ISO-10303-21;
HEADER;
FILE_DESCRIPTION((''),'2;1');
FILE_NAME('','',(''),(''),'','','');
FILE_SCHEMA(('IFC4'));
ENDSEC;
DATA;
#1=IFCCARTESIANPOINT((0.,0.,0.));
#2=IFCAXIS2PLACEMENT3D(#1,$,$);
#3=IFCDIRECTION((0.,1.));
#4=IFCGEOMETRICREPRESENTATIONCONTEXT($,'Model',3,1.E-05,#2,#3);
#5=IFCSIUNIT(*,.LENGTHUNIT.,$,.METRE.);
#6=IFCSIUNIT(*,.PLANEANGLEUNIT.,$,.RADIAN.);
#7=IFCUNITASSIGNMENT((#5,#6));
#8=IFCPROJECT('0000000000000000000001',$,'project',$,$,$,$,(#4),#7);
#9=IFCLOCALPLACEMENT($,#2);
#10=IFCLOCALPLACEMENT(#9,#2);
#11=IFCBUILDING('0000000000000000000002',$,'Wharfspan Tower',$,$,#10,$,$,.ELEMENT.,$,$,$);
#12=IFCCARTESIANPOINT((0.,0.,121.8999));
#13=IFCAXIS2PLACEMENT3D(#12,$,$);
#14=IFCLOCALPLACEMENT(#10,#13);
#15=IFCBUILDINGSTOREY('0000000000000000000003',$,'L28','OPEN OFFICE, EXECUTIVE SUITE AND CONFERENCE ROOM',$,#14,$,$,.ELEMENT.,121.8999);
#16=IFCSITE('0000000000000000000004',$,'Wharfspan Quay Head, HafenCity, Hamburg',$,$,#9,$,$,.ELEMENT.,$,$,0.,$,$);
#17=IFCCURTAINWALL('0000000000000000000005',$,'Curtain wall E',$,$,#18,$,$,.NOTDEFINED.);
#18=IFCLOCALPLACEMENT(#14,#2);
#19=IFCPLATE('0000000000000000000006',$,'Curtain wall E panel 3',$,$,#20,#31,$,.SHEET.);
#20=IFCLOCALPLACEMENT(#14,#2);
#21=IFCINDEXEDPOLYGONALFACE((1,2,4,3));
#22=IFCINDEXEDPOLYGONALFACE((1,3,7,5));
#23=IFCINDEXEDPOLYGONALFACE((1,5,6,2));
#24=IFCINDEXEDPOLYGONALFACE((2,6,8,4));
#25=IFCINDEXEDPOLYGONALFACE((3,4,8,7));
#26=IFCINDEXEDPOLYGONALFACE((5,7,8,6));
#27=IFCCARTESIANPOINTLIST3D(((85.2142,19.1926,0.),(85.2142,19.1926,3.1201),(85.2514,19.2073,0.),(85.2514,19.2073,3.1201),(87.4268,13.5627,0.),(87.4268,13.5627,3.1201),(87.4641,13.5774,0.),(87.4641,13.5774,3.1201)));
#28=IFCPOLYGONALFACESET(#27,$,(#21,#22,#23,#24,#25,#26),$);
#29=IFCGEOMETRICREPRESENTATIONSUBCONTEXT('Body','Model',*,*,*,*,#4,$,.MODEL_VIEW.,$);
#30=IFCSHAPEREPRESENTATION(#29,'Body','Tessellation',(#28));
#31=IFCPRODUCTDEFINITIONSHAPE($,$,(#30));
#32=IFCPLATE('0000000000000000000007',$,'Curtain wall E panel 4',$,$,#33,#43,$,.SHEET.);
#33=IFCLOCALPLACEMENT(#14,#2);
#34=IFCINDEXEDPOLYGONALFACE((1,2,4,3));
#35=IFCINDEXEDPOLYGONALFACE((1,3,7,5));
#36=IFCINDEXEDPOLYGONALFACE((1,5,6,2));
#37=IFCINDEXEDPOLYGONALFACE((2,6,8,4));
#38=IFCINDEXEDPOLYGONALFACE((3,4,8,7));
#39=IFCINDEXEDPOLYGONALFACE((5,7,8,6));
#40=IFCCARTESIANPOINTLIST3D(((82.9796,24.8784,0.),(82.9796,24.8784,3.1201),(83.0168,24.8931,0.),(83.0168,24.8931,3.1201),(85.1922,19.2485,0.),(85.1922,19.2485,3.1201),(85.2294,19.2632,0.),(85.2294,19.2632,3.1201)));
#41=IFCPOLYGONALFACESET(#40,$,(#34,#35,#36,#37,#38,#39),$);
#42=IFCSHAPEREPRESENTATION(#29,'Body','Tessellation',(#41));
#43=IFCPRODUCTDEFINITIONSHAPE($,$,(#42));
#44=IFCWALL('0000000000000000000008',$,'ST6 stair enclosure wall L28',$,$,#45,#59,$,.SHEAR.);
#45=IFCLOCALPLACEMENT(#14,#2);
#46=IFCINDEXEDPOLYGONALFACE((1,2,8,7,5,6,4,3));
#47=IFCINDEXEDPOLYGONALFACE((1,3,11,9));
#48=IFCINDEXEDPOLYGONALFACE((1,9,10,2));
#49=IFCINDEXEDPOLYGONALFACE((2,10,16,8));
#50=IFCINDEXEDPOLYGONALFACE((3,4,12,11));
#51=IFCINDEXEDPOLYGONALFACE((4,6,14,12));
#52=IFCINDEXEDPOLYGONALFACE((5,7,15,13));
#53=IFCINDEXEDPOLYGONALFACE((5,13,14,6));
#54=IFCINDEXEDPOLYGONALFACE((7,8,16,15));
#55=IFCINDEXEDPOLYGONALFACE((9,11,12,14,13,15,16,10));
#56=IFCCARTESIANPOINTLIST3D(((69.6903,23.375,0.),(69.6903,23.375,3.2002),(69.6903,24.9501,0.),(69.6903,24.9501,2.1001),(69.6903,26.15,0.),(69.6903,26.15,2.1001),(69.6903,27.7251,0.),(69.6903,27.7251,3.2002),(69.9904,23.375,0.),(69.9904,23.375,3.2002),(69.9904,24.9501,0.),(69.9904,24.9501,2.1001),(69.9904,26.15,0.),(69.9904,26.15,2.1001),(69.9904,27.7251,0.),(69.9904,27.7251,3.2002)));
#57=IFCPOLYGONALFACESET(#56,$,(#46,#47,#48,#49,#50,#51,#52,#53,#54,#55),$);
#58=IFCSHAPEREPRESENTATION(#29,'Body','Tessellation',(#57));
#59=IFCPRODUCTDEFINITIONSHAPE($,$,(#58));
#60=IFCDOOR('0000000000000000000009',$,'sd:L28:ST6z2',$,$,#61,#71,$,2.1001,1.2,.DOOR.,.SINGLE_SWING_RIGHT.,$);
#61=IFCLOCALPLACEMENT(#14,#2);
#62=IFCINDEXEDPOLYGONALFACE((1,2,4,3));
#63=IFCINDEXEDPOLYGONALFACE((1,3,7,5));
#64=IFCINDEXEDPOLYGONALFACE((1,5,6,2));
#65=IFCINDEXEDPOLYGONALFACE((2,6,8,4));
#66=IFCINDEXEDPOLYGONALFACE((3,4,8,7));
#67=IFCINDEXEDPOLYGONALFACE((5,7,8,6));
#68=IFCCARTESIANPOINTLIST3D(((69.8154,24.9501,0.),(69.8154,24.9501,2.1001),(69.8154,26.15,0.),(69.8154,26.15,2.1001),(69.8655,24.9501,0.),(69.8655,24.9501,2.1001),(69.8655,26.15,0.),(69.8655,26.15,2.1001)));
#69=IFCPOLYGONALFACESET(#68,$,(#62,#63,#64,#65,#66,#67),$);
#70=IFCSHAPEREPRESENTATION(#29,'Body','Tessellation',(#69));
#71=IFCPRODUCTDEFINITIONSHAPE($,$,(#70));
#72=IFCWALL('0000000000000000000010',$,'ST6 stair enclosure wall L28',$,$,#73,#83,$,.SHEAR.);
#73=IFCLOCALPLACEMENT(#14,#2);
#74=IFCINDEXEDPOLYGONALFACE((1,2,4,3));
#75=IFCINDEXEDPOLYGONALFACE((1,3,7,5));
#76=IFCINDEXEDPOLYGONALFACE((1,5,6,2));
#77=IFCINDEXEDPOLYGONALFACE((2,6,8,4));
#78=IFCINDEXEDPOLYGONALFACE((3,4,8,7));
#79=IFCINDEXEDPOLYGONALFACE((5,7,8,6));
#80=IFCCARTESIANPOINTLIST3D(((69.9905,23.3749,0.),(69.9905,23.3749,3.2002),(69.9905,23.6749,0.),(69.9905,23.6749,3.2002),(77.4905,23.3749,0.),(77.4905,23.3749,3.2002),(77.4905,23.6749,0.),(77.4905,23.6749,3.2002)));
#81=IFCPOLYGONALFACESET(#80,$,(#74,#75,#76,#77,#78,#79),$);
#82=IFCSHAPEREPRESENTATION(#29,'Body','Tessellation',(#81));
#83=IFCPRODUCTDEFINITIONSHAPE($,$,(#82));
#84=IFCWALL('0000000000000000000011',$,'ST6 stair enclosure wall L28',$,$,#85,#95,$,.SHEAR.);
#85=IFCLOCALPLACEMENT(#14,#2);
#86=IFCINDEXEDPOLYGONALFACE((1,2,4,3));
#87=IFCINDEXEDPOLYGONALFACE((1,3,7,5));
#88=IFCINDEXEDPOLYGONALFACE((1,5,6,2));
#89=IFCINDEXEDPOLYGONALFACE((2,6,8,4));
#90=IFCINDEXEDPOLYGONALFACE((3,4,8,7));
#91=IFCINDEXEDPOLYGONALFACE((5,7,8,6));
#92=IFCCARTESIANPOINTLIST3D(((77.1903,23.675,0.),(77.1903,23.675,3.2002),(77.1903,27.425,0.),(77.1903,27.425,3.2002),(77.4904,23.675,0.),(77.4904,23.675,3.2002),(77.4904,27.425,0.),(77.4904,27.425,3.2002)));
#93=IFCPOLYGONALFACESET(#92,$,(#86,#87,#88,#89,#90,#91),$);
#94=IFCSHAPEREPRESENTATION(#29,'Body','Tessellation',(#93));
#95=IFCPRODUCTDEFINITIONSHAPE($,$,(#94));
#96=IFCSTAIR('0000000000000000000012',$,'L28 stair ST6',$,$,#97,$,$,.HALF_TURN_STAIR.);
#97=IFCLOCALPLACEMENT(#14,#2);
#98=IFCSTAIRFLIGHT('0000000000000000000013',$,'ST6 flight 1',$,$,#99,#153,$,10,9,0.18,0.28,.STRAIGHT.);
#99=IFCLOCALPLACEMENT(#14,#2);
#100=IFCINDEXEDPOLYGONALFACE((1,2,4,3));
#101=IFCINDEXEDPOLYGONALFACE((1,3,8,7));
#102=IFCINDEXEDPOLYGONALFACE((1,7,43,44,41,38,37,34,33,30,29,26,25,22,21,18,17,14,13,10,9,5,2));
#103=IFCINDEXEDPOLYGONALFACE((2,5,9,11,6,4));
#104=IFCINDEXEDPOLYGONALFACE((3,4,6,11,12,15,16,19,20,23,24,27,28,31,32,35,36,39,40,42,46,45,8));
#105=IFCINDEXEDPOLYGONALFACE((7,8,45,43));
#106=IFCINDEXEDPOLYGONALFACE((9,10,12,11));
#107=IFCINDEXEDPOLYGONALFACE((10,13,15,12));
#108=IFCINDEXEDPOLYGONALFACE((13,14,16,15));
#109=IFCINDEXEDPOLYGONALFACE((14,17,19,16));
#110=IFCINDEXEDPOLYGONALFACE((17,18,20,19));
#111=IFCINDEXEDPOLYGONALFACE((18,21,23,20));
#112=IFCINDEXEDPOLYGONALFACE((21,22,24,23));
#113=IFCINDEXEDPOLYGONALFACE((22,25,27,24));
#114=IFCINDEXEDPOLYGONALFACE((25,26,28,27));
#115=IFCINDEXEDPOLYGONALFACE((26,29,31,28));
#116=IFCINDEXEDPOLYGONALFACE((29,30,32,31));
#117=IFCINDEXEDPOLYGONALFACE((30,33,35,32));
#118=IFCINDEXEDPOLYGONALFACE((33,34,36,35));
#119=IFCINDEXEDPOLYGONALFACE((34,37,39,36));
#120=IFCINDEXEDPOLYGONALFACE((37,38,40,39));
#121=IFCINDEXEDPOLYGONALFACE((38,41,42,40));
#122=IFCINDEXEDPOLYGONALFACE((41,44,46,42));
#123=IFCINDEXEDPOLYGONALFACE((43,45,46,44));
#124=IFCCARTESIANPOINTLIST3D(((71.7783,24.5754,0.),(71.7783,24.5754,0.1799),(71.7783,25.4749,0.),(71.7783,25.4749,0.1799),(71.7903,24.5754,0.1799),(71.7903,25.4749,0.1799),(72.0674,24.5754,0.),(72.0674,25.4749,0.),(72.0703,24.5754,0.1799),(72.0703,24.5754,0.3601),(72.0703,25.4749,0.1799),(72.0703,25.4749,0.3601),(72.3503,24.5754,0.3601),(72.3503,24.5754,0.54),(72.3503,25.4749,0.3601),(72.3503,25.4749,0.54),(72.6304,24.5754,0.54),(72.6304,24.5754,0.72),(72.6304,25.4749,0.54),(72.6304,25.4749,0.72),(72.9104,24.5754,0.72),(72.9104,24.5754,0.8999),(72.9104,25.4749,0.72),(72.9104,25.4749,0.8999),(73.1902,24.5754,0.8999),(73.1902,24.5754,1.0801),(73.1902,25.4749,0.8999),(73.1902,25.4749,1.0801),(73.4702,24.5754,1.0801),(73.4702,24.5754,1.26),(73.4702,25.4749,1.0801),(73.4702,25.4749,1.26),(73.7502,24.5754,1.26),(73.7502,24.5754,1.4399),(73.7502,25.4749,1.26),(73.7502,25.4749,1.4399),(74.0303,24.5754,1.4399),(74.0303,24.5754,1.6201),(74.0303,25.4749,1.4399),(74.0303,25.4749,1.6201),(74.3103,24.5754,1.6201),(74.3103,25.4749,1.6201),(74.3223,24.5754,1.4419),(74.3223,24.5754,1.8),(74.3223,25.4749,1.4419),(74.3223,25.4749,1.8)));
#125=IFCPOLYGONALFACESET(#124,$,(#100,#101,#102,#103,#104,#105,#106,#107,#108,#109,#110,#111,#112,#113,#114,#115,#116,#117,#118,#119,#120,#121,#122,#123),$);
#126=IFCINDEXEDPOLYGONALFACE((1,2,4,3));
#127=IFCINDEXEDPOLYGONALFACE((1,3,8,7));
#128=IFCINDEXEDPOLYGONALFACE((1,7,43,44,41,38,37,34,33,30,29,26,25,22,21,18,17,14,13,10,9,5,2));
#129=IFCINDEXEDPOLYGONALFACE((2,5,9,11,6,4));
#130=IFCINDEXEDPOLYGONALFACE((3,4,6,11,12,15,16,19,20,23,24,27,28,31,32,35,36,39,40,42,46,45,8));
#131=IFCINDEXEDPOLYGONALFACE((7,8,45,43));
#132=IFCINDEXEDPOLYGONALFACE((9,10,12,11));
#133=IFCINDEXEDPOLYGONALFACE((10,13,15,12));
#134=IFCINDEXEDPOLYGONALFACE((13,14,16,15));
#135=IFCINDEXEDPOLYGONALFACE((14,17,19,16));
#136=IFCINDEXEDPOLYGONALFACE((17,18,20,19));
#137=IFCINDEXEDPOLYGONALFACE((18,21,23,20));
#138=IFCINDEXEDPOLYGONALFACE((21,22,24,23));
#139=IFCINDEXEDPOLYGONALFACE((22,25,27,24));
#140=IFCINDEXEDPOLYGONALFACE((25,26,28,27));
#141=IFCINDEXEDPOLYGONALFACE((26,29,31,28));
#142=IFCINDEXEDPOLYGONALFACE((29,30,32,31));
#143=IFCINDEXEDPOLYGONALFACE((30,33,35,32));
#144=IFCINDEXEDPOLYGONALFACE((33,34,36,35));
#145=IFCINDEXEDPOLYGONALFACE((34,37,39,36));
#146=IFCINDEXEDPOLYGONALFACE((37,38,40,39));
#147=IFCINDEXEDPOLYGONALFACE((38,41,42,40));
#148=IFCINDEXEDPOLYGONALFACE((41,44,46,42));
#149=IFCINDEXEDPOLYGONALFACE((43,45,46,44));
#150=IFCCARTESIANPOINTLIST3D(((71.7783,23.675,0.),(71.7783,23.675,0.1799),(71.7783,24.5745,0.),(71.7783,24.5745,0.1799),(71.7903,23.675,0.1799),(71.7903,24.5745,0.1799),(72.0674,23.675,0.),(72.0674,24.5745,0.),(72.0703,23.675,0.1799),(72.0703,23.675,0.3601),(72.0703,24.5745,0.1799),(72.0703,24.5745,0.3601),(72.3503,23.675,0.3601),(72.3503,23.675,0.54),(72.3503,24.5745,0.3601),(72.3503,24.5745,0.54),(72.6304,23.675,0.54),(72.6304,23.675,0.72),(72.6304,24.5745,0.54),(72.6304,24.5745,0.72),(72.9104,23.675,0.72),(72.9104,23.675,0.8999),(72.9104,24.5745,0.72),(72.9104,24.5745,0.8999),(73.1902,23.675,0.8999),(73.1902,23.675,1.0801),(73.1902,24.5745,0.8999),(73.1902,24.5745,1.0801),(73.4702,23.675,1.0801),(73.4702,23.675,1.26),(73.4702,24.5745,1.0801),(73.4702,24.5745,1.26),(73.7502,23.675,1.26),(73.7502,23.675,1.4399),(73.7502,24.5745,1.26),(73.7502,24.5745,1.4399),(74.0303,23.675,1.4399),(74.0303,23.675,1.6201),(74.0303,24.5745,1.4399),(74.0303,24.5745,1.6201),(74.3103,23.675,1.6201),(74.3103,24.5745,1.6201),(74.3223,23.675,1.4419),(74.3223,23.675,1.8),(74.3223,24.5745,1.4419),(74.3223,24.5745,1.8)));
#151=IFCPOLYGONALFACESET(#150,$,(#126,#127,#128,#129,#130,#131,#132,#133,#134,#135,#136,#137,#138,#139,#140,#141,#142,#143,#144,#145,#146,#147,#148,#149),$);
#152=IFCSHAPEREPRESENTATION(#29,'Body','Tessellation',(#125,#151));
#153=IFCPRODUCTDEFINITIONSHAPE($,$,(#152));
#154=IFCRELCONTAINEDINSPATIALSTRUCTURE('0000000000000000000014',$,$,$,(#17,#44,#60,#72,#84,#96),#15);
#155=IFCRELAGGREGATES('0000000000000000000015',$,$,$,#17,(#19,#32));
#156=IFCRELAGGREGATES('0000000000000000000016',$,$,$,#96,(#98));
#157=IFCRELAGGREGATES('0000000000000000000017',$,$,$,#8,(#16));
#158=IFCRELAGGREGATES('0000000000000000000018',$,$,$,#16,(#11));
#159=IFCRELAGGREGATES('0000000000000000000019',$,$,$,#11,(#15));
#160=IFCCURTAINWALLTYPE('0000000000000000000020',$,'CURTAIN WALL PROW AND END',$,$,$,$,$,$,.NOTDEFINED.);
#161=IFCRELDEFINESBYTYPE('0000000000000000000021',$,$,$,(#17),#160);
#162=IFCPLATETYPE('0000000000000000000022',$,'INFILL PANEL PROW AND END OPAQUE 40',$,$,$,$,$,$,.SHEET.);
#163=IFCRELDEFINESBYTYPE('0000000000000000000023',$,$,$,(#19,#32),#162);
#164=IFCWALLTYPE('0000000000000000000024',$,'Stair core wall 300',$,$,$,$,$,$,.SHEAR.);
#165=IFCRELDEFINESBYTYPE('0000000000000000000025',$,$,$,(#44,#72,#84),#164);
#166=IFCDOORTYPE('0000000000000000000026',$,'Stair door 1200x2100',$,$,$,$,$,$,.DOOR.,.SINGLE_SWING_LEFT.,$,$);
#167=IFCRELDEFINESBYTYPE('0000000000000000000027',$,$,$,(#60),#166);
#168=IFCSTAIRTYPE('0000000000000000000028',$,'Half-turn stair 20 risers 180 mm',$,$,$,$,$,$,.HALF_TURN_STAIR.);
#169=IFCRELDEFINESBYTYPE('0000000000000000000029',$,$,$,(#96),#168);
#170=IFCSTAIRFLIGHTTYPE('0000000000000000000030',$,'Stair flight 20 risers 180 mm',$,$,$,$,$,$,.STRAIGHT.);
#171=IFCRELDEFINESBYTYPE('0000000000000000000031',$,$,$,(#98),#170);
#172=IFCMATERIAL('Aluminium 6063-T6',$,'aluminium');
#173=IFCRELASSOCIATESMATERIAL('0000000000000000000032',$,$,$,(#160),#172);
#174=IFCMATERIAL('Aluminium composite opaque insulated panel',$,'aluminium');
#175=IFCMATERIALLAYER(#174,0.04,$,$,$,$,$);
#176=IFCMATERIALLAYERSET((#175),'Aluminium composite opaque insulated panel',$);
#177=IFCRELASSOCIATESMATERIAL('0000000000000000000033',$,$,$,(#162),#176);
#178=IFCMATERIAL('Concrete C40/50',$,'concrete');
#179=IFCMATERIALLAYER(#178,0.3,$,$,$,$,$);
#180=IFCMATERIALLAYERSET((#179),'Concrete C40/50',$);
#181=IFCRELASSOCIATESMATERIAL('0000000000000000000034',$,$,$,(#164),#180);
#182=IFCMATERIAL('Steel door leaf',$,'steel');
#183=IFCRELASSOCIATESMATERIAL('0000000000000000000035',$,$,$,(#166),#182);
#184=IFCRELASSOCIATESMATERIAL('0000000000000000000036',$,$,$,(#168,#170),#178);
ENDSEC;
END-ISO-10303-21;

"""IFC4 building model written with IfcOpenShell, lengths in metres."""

from ifc_helpers import new_model, si_unit, direction, frame, frame_2d, origin, origin_2d, place, context, subcontext, project, spatial, polyline, rectangle, outline, extrude, material, layer, layer_set, type_object, element, fill, aggregate, save


model = new_model("IFC4")

# Units and contexts
model_context = context("Model", 3, precision=1e-05, world=origin(), true_north=direction((0.0, 1.0)))
body_context = subcontext(model_context, "Body", "Model", "MODEL_VIEW")
ifc_project = project(units=[si_unit("LENGTHUNIT", "METRE"), si_unit("PLANEANGLEUNIT", "RADIAN")], contexts=[model_context])

# Site, building, storey
site_placement = place(None, origin())
site = spatial("IfcSite", under=ifc_project, at=site_placement, Name="Wharfspan Quay Head, HafenCity, Hamburg", CompositionType="ELEMENT", RefElevation=0.0)
building_placement = place(site_placement, origin())
building = spatial("IfcBuilding", under=site, at=building_placement, Name="Wharfspan Tower", CompositionType="ELEMENT")
storey_placement = place(building_placement, frame((0.0, 0.0, 121.8999)))
storey = spatial("IfcBuildingStorey", under=building, at=storey_placement, Name="L28", Description="OPEN OFFICE, EXECUTIVE SUITE AND CONFERENCE ROOM", CompositionType="ELEMENT", Elevation=121.8999)

# Curtain wall
ifc_material_1 = material(Name="Aluminium 6063-T6", Category="aluminium")
curtain_wall_type = type_object("IfcCurtainWallType", Name="CURTAIN WALL PROW AND END", PredefinedType="NOTDEFINED", material=ifc_material_1)
curtain_wall_placement = place(storey_placement, origin())
curtain_wall = element("IfcCurtainWall", 1, at=curtain_wall_placement, inside=storey, type_object=curtain_wall_type, Name="Curtain wall E", PredefinedType="NOTDEFINED")

# Plates
ifc_material_2 = material(Name="Aluminium composite opaque insulated panel", Category="aluminium")
ifc_layer_1 = layer(ifc_material_2, 0.04)
ifc_layer_set_1 = layer_set([ifc_layer_1], Name="Aluminium composite opaque insulated panel")
plate_type = type_object("IfcPlateType", Name="INFILL PANEL PROW AND END OPAQUE 40", PredefinedType="SHEET", material=ifc_layer_set_1)
plate_1_placement = place(storey_placement, frame((86.3391, 16.385, 0.0), z_axis=(0.0, 0.0, 1.0), x_axis=(-0.365778, 0.930702, 0.0)))
plate_1 = element("IfcPlate", 2, at=plate_1_placement, type_object=plate_type, Name="Curtain wall E panel 3", PredefinedType="SHEET", context=body_context, shape_type="SweptSolid", body=[
    extrude(rectangle(XDim=6.0491, YDim=0.04, at=origin_2d()), origin(), (0.0, 0.0, 1.0), 3.1201),
])
plate_2_placement = place(storey_placement, frame((84.1045, 22.0708, 0.0), z_axis=(0.0, 0.0, 1.0), x_axis=(-0.365778, 0.930702, 0.0)))
plate_2 = element("IfcPlate", 3, at=plate_2_placement, type_object=plate_type, Name="Curtain wall E panel 4", PredefinedType="SHEET", context=body_context, shape_type="SweptSolid", body=[
    extrude(rectangle(XDim=6.0491, YDim=0.04, at=origin_2d()), origin(), (0.0, 0.0, 1.0), 3.1201),
])
aggregate(curtain_wall, [plate_1, plate_2])

# Wall, opening, door
ifc_material_3 = material(Name="Concrete C40/50", Category="concrete")
ifc_layer_2 = layer(ifc_material_3, 0.3)
ifc_layer_set_2 = layer_set([ifc_layer_2], Name="Concrete C40/50")
wall_type = type_object("IfcWallType", Name="Stair core wall 300", PredefinedType="SHEAR", material=ifc_layer_set_2)
wall_1_placement = place(storey_placement, frame((69.8403, 23.375, 0.0), z_axis=(0.0, 0.0, 1.0), x_axis=(0.0, 1.0, 0.0)))
wall_1 = element("IfcWall", 4, at=wall_1_placement, inside=storey, type_object=wall_type, Name="ST6 stair enclosure wall L28", PredefinedType="SHEAR", context=body_context, shape_type="SweptSolid", body=[
    extrude(rectangle(XDim=4.3501, YDim=0.3, at=frame_2d((2.175, 0.0))), origin(), (0.0, 0.0, 1.0), 3.2002),
])
opening_placement = place(wall_1_placement, frame((1.575, 0.0, 0.0)))
opening = element("IfcOpeningElement", 5, at=opening_placement, cuts=wall_1, PredefinedType="OPENING", context=body_context, shape_type="SweptSolid", body=[
    extrude(rectangle(XDim=1.2, YDim=2.1001, at=frame_2d((0.6001, 1.05))), frame((0.0, 0.1599, 0.0), z_axis=(0.0, -1.0, 0.0), x_axis=(1.0, 0.0, 0.0)), (0.0, 0.0, 1.0), 0.3201),
])
ifc_material_4 = material(Name="Steel door leaf", Category="steel")
door_type = type_object("IfcDoorType", Name="Stair door 1200x2100", OperationType="SINGLE_SWING_LEFT", PredefinedType="DOOR", material=ifc_material_4)
door_placement = place(opening_placement, origin())
door = element("IfcDoor", 6, at=door_placement, inside=storey, type_object=door_type, Name="sd:L28:ST6z2", OperationType="SINGLE_SWING_RIGHT", OverallHeight=2.1001, OverallWidth=1.2, PredefinedType="DOOR", context=body_context, shape_type="SweptSolid", body=[
    extrude(rectangle(XDim=1.2, YDim=2.1001, at=frame_2d((0.6001, 1.05))), frame((0.0, 0.0249, 0.0), z_axis=(0.0, -1.0, 0.0), x_axis=(1.0, 0.0, 0.0)), (0.0, 0.0, 1.0), 0.05),
])
fill(opening, door)

# Walls
wall_2_placement = place(storey_placement, frame((69.9905, 23.5249, 0.0), z_axis=(0.0, 0.0, 1.0), x_axis=(1.0, 0.0, 0.0)))
element("IfcWall", 7, at=wall_2_placement, inside=storey, type_object=wall_type, Name="ST6 stair enclosure wall L28", PredefinedType="SHEAR", context=body_context, shape_type="SweptSolid", body=[
    extrude(rectangle(XDim=7.5, YDim=0.3, at=frame_2d((3.75, 0.0))), origin(), (0.0, 0.0, 1.0), 3.2002),
])
wall_3_placement = place(storey_placement, frame((77.3403, 23.675, 0.0), z_axis=(0.0, 0.0, 1.0), x_axis=(0.0, 1.0, 0.0)))
element("IfcWall", 8, at=wall_3_placement, inside=storey, type_object=wall_type, Name="ST6 stair enclosure wall L28", PredefinedType="SHEAR", context=body_context, shape_type="SweptSolid", body=[
    extrude(rectangle(XDim=3.75, YDim=0.3, at=frame_2d((1.875, 0.0))), origin(), (0.0, 0.0, 1.0), 3.2002),
])

# Stair, stair flight
stair_type = type_object("IfcStairType", Name="Half-turn stair 20 risers 180 mm", PredefinedType="HALF_TURN_STAIR", material=ifc_material_3)
stair_placement = place(storey_placement, origin())
stair = element("IfcStair", 9, at=stair_placement, inside=storey, type_object=stair_type, Name="L28 stair ST6", PredefinedType="HALF_TURN_STAIR")
stair_flight_type = type_object("IfcStairFlightType", Name="Stair flight 20 risers 180 mm", PredefinedType="STRAIGHT", material=ifc_material_3)
stair_flight_placement = place(storey_placement, frame((71.7903, 24.575, 0.0), z_axis=(0.0, 0.0, 1.0), x_axis=(1.0, 0.0, 0.0)))
stair_flight = element("IfcStairFlight", 10, at=stair_flight_placement, type_object=stair_flight_type, Name="ST6 flight 1", NumberOfRisers=10, NumberOfTreads=9, PredefinedType="STRAIGHT", RiserHeight=0.18, TreadLength=0.28, context=body_context, shape_type="SweptSolid", body=[
    extrude(outline(polyline([(-0.012, 0.0), (-0.012, 0.1799), (0.0, 0.1799), (0.28, 0.1799), (0.28, 0.3601), (0.5601, 0.3601), (0.5601, 0.54), (0.8401, 0.54), (0.8401, 0.72), (1.1201, 0.72), (1.1201, 0.8999), (1.3999, 0.8999), (1.3999, 1.0801), (1.6799, 1.0801), (1.6799, 1.26), (1.96, 1.26), (1.96, 1.4399), (2.24, 1.4399), (2.24, 1.6201), (2.52, 1.6201), (2.532, 1.8), (2.532, 1.4419), (0.2771, 0.0), (-0.012, 0.0)])), frame((0.0, 0.8999, 0.0), z_axis=(0.0, -1.0, 0.0), x_axis=(1.0, 0.0, 0.0)), (0.0, 0.0, 1.0), 0.8994),
    extrude(outline(polyline([(-0.012, 0.0), (-0.012, 0.1799), (0.0, 0.1799), (0.28, 0.1799), (0.28, 0.3601), (0.5601, 0.3601), (0.5601, 0.54), (0.8401, 0.54), (0.8401, 0.72), (1.1201, 0.72), (1.1201, 0.8999), (1.3999, 0.8999), (1.3999, 1.0801), (1.6799, 1.0801), (1.6799, 1.26), (1.96, 1.26), (1.96, 1.4399), (2.24, 1.4399), (2.24, 1.6201), (2.52, 1.6201), (2.532, 1.8), (2.532, 1.4419), (0.2771, 0.0), (-0.012, 0.0)])), frame((0.0, -0.0005, 0.0), z_axis=(0.0, -1.0, 0.0), x_axis=(1.0, 0.0, 0.0)), (0.0, 0.0, 1.0), 0.8994),
])
aggregate(stair, [stair_flight])

save(model, "model.ifc")
